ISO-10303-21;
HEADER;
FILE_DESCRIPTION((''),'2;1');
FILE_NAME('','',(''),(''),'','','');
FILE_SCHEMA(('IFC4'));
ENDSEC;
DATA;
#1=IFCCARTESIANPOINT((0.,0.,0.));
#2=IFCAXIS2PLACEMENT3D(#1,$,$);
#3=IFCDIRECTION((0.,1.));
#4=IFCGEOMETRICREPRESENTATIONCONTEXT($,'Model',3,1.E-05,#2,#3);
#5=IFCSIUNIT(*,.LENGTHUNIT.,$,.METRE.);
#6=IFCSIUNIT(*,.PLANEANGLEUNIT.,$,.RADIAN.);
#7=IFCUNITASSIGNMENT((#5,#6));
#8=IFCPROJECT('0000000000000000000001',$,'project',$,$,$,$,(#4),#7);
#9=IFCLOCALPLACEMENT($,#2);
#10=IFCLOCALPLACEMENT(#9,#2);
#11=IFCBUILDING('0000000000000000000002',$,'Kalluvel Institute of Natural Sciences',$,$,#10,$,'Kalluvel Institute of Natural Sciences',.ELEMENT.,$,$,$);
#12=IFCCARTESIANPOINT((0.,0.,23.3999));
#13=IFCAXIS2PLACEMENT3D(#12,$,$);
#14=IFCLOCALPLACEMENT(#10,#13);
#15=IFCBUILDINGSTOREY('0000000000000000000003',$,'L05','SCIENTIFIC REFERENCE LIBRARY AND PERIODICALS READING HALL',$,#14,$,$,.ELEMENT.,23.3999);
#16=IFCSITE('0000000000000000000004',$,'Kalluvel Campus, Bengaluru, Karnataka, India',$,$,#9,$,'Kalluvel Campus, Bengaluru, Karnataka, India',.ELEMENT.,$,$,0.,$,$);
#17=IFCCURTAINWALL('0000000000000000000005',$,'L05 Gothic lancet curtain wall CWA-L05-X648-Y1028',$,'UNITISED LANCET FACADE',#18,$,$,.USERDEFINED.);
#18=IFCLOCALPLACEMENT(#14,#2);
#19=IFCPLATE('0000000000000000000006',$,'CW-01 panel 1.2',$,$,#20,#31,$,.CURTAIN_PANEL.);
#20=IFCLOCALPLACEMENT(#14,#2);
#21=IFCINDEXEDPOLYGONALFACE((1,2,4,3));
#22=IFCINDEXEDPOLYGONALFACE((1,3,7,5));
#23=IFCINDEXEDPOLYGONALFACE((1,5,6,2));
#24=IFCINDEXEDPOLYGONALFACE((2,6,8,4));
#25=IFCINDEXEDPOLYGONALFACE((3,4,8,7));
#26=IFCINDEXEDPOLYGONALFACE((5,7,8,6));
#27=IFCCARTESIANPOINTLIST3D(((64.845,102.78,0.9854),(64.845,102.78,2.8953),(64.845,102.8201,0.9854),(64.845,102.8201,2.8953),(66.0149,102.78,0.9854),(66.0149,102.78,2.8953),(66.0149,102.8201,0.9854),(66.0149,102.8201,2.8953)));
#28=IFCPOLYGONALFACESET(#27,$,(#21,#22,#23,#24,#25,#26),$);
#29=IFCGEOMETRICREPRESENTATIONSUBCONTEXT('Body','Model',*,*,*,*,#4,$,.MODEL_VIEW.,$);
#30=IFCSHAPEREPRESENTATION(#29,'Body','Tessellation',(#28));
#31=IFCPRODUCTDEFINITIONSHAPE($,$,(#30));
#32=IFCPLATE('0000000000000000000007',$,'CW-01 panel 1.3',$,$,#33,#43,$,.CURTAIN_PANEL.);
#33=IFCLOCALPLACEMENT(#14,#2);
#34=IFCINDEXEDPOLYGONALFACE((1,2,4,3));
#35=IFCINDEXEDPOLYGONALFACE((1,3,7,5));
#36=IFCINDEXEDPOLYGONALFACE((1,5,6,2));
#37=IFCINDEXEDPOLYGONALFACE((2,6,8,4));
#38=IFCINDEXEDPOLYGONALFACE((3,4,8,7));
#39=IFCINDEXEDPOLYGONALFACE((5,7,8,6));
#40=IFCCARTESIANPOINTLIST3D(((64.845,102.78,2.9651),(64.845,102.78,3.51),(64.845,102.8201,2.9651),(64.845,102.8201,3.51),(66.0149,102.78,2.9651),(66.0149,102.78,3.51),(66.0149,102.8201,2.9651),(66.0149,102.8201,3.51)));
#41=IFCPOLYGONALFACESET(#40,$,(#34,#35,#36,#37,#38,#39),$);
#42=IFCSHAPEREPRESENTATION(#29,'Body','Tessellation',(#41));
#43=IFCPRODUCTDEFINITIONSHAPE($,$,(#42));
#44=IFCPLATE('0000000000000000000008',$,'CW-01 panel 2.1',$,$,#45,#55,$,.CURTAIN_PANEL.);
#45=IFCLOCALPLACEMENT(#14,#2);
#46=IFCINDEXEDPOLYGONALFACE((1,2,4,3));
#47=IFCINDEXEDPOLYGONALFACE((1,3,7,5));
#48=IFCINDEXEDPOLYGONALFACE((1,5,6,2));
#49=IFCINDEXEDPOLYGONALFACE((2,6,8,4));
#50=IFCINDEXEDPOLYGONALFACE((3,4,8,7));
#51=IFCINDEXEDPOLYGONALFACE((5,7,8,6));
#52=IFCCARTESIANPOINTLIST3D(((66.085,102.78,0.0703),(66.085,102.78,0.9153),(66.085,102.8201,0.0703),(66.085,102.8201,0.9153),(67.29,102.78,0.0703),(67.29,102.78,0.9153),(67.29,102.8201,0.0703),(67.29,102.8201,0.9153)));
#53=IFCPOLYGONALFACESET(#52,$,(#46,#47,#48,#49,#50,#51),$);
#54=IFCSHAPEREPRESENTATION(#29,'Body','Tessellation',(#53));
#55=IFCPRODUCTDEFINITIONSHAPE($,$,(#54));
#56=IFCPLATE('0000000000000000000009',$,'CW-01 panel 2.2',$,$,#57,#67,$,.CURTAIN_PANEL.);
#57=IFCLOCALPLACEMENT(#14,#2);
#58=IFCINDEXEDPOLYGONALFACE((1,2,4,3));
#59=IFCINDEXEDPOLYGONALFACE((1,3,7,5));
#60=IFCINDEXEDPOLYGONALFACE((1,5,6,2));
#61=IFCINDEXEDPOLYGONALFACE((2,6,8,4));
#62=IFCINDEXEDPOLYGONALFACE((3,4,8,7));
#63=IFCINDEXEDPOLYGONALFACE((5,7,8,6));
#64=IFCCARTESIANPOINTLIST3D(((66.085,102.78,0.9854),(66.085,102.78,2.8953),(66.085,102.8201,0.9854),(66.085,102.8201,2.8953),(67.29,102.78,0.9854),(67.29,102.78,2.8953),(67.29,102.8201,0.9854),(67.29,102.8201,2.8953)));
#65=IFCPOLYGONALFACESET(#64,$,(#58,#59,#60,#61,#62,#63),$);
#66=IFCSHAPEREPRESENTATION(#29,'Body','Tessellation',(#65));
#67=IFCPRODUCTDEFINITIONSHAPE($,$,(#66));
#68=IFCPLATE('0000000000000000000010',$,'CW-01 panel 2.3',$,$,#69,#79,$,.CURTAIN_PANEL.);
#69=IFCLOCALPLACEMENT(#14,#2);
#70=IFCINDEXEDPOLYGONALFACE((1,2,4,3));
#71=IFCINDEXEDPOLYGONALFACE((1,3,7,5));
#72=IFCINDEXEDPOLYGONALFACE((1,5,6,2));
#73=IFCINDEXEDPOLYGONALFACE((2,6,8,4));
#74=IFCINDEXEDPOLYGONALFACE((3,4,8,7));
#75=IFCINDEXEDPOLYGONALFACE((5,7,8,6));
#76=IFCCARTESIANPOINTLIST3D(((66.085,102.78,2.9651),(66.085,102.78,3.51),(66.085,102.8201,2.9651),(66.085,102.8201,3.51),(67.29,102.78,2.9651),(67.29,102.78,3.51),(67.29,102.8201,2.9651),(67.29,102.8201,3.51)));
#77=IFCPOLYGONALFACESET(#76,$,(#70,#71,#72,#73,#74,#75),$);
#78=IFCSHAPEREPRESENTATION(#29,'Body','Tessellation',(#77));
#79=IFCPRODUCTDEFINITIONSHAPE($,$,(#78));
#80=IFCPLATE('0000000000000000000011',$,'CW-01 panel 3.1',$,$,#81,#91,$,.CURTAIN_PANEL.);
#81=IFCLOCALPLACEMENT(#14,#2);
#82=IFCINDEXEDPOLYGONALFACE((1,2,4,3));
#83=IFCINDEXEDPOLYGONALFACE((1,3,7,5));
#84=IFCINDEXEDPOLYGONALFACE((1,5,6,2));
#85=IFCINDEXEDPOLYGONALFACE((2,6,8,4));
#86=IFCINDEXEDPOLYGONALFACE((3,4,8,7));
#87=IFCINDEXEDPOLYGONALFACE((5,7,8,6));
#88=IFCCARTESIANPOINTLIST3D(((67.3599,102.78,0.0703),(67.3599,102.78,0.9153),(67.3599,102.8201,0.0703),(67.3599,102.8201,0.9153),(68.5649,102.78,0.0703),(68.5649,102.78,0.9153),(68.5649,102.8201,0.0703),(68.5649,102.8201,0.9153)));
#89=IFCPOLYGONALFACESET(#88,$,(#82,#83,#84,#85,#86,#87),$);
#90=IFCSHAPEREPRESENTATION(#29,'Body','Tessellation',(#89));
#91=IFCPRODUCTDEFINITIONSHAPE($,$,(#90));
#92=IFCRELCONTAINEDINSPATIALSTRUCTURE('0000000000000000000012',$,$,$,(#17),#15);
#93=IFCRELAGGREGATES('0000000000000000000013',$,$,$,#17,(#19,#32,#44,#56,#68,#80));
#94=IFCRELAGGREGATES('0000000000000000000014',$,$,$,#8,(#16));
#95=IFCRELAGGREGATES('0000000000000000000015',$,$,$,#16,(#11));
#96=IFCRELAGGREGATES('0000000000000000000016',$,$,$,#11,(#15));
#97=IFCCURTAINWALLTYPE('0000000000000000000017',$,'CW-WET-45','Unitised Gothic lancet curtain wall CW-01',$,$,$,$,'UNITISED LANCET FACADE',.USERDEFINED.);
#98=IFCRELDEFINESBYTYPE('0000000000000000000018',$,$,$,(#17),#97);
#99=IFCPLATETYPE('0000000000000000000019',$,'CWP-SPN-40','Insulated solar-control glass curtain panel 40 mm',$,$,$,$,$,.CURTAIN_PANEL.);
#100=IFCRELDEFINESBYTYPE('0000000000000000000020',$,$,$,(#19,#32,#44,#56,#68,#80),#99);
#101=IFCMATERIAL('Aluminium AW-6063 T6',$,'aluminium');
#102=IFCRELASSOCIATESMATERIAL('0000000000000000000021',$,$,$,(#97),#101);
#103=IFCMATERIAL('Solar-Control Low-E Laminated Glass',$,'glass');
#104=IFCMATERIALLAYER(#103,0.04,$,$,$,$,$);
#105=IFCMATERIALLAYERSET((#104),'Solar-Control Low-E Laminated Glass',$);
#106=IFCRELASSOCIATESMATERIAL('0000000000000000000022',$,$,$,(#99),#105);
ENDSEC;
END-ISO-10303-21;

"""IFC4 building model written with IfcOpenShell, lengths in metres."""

from ifc_helpers import new_model, si_unit, direction, frame, origin, origin_2d, place, context, subcontext, project, spatial, rectangle, extrude, material, layer, layer_set, type_object, element, aggregate, save


model = new_model("IFC4")

# Units and contexts
model_context = context("Model", 3, precision=1e-05, world=origin(), true_north=direction((0.0, 1.0)))
body_context = subcontext(model_context, "Body", "Model", "MODEL_VIEW")
ifc_project = project(units=[si_unit("LENGTHUNIT", "METRE"), si_unit("PLANEANGLEUNIT", "RADIAN")], contexts=[model_context])

# Site, building, storey
site_placement = place(None, origin())
site = spatial("IfcSite", under=ifc_project, at=site_placement, Name="Kalluvel Campus, Bengaluru, Karnataka, India", LongName="Kalluvel Campus, Bengaluru, Karnataka, India", CompositionType="ELEMENT", RefElevation=0.0)
building_placement = place(site_placement, origin())
building = spatial("IfcBuilding", under=site, at=building_placement, Name="Kalluvel Institute of Natural Sciences", LongName="Kalluvel Institute of Natural Sciences", CompositionType="ELEMENT")
storey_placement = place(building_placement, frame((0.0, 0.0, 23.3999)))
storey = spatial("IfcBuildingStorey", under=building, at=storey_placement, Name="L05", Description="SCIENTIFIC REFERENCE LIBRARY AND PERIODICALS READING HALL", CompositionType="ELEMENT", Elevation=23.3999)

# Shared definitions
ifc_material_1 = material(Name="Aluminium AW-6063 T6", Category="aluminium")
curtain_wall_type = type_object("IfcCurtainWallType", Name="CW-WET-45", Description="Unitised Gothic lancet curtain wall CW-01", ElementType="UNITISED LANCET FACADE", PredefinedType="USERDEFINED", material=ifc_material_1)

# Curtain wall
curtain_wall_1_placement = place(storey_placement, origin())
curtain_wall_1 = element("IfcCurtainWall", 1, at=curtain_wall_1_placement, inside=storey, type_object=curtain_wall_type, Name="L05 Gothic lancet curtain wall CWA-L05-X648-Y1028", ObjectType="UNITISED LANCET FACADE", PredefinedType="USERDEFINED")

# Plates
ifc_material_2 = material(Name="Solar-Control Low-E Laminated Glass", Category="glass")
ifc_layer = layer(ifc_material_2, 0.04)
ifc_layer_set = layer_set([ifc_layer], Name="Solar-Control Low-E Laminated Glass")
plate_type = type_object("IfcPlateType", Name="CWP-SPN-40", Description="Insulated solar-control glass curtain panel 40 mm", PredefinedType="CURTAIN_PANEL", material=ifc_layer_set)
plate_1_placement = place(storey_placement, frame((65.4299, 102.8, 0.9854), z_axis=(0.0, 0.0, 1.0), x_axis=(1.0, 0.0, 0.0)))
plate_1 = element("IfcPlate", 2, at=plate_1_placement, type_object=plate_type, Name="CW-01 panel 1.2", PredefinedType="CURTAIN_PANEL", context=body_context, shape_type="SweptSolid", body=[
    extrude(rectangle(XDim=1.1699, YDim=0.04, at=origin_2d()), origin(), (0.0, 0.0, 1.0), 1.9099),
])
plate_2_placement = place(storey_placement, frame((65.4299, 102.8, 2.9651), z_axis=(0.0, 0.0, 1.0), x_axis=(1.0, 0.0, 0.0)))
plate_2 = element("IfcPlate", 3, at=plate_2_placement, type_object=plate_type, Name="CW-01 panel 1.3", PredefinedType="CURTAIN_PANEL", context=body_context, shape_type="SweptSolid", body=[
    extrude(rectangle(XDim=1.1699, YDim=0.04, at=origin_2d()), origin(), (0.0, 0.0, 1.0), 0.5449),
])
plate_3_placement = place(storey_placement, frame((66.6875, 102.8, 0.0703), z_axis=(0.0, 0.0, 1.0), x_axis=(1.0, 0.0, 0.0)))
plate_3 = element("IfcPlate", 4, at=plate_3_placement, type_object=plate_type, Name="CW-01 panel 2.1", PredefinedType="CURTAIN_PANEL", context=body_context, shape_type="SweptSolid", body=[
    extrude(rectangle(XDim=1.2051, YDim=0.04, at=origin_2d()), origin(), (0.0, 0.0, 1.0), 0.845),
])
plate_4_placement = place(storey_placement, frame((66.6875, 102.8, 0.9854), z_axis=(0.0, 0.0, 1.0), x_axis=(1.0, 0.0, 0.0)))
plate_4 = element("IfcPlate", 5, at=plate_4_placement, type_object=plate_type, Name="CW-01 panel 2.2", PredefinedType="CURTAIN_PANEL", context=body_context, shape_type="SweptSolid", body=[
    extrude(rectangle(XDim=1.2051, YDim=0.04, at=origin_2d()), origin(), (0.0, 0.0, 1.0), 1.9099),
])
plate_5_placement = place(storey_placement, frame((66.6875, 102.8, 2.9651), z_axis=(0.0, 0.0, 1.0), x_axis=(1.0, 0.0, 0.0)))
plate_5 = element("IfcPlate", 6, at=plate_5_placement, type_object=plate_type, Name="CW-01 panel 2.3", PredefinedType="CURTAIN_PANEL", context=body_context, shape_type="SweptSolid", body=[
    extrude(rectangle(XDim=1.2051, YDim=0.04, at=origin_2d()), origin(), (0.0, 0.0, 1.0), 0.5449),
])
plate_6_placement = place(storey_placement, frame((67.9624, 102.8, 0.0703), z_axis=(0.0, 0.0, 1.0), x_axis=(1.0, 0.0, 0.0)))
plate_6 = element("IfcPlate", 7, at=plate_6_placement, type_object=plate_type, Name="CW-01 panel 3.1", PredefinedType="CURTAIN_PANEL", context=body_context, shape_type="SweptSolid", body=[
    extrude(rectangle(XDim=1.2051, YDim=0.04, at=origin_2d()), origin(), (0.0, 0.0, 1.0), 0.845),
])
aggregate(curtain_wall_1, [plate_1, plate_2, plate_3, plate_4, plate_5, plate_6])

save(model, "model.ifc")
